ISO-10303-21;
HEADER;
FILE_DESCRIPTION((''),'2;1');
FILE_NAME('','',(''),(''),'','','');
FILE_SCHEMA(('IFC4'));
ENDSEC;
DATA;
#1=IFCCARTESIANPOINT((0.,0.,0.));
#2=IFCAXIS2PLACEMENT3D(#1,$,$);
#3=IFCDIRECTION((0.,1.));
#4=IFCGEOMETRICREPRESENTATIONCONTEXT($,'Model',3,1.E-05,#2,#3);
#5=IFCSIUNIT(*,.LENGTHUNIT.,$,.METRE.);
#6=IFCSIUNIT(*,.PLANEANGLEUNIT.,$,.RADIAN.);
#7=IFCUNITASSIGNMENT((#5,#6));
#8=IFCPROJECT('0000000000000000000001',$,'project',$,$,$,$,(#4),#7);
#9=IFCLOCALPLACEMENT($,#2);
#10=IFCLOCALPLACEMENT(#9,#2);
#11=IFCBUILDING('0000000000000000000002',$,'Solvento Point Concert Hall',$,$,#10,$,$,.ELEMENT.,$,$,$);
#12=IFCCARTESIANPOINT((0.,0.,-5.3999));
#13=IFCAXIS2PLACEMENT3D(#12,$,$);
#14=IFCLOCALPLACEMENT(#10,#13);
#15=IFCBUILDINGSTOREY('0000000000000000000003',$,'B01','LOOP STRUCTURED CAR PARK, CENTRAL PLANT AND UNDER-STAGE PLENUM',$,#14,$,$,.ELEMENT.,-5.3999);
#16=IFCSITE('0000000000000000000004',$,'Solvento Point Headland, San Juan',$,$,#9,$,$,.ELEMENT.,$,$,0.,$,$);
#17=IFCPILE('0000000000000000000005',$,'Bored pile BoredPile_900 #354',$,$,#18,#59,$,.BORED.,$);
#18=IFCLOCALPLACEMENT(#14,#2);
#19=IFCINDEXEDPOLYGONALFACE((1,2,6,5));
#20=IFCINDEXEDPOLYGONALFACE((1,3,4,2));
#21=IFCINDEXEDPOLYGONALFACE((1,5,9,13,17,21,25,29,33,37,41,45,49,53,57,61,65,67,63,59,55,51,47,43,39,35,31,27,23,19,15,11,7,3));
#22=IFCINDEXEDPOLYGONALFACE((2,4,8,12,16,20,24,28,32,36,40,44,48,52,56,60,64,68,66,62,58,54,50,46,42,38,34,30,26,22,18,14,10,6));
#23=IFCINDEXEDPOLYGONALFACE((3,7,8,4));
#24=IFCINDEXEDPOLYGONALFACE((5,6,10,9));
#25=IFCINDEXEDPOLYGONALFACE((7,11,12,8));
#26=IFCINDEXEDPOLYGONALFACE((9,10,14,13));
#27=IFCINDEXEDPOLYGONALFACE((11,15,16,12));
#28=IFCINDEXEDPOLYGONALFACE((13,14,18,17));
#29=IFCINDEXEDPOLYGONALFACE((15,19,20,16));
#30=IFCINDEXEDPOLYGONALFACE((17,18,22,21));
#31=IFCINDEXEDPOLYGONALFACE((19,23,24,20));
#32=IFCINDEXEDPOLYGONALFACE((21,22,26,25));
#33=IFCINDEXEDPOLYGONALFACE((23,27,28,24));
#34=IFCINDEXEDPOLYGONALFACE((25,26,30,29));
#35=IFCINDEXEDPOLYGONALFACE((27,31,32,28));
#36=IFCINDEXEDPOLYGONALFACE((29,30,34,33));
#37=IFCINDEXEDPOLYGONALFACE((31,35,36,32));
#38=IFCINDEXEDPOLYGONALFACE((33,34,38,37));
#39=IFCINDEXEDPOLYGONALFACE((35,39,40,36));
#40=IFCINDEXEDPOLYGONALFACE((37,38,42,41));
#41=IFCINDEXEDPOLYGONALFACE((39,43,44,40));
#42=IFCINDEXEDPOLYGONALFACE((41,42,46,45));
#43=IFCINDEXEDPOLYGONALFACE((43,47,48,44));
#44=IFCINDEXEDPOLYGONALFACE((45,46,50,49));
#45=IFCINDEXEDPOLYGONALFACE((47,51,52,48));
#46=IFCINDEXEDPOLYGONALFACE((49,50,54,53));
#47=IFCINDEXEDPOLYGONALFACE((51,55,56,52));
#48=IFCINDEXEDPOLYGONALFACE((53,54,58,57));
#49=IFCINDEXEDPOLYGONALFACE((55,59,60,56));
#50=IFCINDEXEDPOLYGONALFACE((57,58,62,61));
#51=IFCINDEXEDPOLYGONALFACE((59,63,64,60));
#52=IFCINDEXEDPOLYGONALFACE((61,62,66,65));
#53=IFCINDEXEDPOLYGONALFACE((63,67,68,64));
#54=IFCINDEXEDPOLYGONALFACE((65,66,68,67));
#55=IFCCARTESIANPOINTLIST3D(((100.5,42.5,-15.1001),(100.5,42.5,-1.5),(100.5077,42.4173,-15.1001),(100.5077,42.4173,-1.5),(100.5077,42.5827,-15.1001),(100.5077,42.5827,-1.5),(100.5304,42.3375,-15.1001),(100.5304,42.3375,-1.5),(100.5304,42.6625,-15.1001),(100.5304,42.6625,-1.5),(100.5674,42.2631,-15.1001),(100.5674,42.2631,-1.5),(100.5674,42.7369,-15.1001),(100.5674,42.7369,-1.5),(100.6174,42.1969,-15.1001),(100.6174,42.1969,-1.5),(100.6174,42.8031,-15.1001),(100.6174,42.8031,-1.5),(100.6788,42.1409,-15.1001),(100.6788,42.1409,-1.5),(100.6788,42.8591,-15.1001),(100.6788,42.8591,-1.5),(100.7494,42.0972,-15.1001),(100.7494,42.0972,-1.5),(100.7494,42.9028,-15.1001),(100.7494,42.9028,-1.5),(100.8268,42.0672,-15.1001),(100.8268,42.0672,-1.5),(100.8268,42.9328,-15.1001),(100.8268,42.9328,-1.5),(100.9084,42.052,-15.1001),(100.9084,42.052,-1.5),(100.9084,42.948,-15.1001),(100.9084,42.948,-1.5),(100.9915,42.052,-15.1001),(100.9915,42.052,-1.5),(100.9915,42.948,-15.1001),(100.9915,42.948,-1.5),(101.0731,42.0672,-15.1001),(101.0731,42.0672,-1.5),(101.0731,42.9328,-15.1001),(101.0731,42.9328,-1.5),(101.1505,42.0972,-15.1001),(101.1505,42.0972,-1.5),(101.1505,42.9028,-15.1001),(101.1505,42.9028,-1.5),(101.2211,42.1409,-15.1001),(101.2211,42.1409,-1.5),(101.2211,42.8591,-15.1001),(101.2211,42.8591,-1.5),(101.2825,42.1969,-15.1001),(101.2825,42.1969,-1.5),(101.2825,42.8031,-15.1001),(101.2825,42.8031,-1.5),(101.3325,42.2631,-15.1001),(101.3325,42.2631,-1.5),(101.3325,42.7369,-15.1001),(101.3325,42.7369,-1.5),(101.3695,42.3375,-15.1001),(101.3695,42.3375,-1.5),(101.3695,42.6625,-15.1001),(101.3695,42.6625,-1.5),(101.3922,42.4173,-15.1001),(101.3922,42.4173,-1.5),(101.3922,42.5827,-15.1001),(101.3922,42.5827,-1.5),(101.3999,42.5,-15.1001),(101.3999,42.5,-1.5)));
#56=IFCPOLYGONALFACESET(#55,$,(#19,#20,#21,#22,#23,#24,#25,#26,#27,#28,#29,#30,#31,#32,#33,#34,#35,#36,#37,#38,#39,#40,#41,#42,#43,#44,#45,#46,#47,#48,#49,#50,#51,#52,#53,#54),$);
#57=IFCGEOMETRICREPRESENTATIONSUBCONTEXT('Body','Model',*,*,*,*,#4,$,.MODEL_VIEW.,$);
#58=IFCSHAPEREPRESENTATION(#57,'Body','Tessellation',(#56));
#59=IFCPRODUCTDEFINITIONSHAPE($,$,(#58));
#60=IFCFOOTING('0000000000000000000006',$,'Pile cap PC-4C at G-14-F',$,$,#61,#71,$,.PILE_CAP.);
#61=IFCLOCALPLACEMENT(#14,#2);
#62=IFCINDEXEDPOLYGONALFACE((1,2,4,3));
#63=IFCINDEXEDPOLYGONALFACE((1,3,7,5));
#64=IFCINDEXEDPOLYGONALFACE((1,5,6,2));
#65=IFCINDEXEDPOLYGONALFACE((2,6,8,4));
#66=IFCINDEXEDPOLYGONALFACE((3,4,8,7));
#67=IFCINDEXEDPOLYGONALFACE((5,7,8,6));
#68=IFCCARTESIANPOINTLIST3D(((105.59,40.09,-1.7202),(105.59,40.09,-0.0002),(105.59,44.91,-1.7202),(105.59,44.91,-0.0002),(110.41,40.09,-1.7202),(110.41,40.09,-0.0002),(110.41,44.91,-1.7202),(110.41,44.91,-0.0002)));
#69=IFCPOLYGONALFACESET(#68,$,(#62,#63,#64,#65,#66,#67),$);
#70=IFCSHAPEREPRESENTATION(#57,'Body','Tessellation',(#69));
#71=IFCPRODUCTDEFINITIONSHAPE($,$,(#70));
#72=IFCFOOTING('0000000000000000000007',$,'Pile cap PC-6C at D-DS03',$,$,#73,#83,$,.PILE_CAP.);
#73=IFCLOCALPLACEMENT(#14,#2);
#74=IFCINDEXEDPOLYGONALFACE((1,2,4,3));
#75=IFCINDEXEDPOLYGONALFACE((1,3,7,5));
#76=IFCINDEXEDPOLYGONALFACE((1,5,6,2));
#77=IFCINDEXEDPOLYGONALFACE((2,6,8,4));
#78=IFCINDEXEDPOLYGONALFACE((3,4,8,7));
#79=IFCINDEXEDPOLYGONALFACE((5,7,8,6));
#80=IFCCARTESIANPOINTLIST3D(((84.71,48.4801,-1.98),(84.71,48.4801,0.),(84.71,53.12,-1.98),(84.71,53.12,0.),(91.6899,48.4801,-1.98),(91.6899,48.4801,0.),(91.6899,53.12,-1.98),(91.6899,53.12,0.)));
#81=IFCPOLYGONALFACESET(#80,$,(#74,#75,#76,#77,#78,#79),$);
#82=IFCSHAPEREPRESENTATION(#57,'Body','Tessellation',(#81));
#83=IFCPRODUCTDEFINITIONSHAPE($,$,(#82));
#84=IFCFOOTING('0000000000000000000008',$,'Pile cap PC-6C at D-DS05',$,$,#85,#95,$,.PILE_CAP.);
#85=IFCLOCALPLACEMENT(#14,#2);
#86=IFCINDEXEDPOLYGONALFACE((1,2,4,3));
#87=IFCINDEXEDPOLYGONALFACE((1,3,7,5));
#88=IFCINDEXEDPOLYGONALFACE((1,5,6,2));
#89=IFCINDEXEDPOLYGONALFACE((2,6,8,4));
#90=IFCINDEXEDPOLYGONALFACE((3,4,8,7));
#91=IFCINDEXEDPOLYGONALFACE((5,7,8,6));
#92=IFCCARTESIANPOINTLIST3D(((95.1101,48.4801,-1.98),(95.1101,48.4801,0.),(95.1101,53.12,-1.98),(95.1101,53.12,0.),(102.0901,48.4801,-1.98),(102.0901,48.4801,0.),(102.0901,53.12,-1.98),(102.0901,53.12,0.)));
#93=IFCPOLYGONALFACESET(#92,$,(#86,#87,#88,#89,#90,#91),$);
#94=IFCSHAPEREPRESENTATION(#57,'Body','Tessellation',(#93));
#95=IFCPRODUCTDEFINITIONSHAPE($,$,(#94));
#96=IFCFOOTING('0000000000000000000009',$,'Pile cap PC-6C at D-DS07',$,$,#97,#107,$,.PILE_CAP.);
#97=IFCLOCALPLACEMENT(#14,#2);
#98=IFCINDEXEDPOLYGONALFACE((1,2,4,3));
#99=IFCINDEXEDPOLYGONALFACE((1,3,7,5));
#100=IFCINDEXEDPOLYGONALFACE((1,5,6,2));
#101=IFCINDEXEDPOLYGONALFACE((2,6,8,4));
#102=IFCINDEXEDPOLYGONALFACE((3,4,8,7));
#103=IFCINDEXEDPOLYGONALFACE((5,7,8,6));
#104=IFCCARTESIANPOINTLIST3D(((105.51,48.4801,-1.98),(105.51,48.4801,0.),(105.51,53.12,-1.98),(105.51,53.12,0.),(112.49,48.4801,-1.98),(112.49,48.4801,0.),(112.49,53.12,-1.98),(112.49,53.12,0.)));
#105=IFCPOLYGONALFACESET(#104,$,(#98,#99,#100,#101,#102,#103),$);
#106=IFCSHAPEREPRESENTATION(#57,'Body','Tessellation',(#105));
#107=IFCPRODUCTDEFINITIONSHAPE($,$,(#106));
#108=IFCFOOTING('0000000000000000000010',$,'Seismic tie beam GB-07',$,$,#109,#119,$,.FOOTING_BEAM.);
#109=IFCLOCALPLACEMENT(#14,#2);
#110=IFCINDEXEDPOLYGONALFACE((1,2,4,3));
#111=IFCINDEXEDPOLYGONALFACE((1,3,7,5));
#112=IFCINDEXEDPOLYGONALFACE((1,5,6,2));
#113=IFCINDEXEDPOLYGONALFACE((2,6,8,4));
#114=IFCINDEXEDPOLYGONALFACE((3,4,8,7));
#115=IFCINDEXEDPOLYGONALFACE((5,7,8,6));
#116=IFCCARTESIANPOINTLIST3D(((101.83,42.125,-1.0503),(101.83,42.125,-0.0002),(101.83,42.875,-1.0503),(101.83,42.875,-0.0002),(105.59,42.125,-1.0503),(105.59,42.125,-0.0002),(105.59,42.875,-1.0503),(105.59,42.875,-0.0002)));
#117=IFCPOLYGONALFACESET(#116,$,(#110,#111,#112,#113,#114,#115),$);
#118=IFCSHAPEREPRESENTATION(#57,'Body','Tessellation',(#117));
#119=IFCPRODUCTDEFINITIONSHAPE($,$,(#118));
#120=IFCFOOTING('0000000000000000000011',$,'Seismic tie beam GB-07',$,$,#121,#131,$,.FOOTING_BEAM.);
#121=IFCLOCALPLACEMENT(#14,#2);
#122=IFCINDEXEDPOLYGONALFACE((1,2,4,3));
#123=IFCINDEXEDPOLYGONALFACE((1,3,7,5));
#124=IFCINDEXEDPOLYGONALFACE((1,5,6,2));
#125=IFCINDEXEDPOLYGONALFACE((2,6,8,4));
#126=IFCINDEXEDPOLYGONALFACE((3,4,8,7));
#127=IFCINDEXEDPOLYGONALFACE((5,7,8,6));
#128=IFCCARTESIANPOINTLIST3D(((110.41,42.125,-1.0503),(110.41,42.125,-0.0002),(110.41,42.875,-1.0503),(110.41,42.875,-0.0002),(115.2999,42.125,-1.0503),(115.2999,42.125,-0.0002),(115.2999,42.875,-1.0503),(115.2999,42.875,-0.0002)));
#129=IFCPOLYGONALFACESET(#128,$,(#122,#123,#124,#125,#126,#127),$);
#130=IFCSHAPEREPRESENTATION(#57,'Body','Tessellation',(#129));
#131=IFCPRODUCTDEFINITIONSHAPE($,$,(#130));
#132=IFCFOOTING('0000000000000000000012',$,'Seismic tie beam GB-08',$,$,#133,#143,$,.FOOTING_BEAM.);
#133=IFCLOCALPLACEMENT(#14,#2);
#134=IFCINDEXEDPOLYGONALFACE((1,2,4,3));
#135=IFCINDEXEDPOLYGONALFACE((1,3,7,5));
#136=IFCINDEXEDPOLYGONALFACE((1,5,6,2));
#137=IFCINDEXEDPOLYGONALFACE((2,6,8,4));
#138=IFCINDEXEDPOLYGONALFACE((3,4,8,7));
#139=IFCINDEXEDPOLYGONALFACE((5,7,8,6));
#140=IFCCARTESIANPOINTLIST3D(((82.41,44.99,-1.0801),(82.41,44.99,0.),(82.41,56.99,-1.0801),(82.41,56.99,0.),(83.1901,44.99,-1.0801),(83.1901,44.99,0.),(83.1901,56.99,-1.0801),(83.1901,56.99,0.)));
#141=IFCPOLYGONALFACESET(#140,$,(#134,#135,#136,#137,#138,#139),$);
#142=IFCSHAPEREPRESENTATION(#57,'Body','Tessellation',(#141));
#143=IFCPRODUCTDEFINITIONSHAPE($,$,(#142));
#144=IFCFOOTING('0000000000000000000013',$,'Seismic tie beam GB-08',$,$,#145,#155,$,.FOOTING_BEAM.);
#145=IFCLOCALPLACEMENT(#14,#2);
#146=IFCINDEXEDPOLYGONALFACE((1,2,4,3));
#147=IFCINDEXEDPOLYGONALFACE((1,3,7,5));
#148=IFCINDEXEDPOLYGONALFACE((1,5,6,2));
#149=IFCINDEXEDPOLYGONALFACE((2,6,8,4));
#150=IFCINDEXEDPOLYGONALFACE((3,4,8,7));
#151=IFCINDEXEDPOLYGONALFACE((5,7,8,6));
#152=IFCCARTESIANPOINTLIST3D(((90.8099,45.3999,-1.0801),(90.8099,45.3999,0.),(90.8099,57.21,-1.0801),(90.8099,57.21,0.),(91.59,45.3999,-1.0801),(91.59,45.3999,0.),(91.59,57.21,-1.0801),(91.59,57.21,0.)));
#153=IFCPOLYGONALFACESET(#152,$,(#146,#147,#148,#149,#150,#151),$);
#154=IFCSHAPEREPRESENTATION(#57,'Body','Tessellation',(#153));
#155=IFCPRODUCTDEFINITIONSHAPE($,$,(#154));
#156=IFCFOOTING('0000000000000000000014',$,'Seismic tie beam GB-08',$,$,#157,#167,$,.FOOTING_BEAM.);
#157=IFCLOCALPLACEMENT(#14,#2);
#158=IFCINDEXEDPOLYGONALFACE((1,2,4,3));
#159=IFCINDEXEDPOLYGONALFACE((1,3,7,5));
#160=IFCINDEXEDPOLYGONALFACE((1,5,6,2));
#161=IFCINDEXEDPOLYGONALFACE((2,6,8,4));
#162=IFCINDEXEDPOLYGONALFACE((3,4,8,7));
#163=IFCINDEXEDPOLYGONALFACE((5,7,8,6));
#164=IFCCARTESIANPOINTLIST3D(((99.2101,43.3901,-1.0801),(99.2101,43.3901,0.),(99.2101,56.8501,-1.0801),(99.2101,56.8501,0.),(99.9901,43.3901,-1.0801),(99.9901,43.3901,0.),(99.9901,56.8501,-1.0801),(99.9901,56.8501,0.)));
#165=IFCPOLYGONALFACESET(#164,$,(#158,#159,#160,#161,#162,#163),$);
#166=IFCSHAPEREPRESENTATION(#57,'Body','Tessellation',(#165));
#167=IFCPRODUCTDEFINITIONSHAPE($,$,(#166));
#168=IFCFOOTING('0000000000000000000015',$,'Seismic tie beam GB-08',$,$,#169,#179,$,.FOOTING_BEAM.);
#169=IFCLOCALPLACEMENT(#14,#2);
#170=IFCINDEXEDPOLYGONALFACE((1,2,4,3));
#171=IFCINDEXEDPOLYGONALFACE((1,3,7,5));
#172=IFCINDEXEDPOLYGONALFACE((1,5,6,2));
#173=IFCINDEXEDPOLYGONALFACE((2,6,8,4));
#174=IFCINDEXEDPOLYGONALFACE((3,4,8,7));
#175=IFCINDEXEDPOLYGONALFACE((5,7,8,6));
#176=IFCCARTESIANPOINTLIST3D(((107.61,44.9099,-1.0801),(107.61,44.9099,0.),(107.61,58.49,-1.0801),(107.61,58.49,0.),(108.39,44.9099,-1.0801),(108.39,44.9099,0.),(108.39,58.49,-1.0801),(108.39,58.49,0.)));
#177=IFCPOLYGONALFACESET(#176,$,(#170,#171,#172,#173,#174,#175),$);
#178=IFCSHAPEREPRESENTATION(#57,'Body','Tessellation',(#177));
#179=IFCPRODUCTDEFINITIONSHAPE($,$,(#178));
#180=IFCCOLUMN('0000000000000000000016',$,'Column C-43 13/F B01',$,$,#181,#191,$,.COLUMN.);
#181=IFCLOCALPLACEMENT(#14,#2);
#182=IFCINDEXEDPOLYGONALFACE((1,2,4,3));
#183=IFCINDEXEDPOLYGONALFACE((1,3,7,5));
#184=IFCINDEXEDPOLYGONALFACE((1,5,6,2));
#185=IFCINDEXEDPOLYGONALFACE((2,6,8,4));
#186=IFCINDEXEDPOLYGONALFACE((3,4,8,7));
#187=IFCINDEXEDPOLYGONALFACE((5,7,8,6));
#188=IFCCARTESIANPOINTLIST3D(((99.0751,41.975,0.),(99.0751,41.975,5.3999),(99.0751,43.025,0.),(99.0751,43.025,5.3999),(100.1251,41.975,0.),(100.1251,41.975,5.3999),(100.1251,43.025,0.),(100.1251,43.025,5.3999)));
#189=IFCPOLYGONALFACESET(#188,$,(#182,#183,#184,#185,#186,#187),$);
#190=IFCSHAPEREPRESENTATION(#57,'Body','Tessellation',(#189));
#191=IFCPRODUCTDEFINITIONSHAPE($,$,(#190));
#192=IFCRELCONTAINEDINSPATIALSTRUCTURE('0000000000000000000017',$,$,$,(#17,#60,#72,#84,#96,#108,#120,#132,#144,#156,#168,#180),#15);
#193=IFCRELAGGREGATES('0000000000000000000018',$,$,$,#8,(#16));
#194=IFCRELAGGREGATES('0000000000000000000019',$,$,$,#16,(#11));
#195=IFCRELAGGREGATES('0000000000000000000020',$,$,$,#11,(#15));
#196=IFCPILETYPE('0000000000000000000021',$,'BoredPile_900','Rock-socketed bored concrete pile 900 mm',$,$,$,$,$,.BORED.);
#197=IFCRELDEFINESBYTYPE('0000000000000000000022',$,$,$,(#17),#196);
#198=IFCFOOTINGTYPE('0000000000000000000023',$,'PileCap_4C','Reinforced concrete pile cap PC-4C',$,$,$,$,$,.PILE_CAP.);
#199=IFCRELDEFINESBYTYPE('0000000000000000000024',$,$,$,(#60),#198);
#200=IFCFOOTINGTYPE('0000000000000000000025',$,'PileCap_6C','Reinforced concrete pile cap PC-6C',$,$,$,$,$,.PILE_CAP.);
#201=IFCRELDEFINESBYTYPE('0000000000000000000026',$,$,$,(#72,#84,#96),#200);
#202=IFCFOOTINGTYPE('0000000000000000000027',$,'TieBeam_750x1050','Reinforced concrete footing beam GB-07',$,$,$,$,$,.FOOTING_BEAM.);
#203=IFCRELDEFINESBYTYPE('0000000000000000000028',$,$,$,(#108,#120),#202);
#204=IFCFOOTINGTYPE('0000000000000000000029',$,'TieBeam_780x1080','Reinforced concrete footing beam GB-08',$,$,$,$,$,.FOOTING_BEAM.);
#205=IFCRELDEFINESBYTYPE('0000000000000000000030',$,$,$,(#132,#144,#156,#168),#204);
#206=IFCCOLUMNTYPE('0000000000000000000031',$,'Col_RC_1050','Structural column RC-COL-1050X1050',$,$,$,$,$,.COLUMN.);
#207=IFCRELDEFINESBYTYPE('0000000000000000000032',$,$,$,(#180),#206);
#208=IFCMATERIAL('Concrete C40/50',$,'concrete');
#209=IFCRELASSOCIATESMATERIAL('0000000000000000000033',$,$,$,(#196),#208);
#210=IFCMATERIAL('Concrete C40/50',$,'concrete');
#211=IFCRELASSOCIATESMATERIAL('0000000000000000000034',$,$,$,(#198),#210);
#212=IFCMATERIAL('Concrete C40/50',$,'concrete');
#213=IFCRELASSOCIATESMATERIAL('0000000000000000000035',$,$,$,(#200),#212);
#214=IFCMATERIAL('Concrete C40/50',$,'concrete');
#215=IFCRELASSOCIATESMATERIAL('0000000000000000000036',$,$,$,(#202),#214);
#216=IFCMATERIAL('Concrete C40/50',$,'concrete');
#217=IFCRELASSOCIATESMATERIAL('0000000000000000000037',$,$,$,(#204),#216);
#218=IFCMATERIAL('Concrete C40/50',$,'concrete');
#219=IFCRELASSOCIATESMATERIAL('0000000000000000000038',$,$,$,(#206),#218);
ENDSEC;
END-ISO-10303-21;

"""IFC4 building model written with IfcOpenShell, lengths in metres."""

from ifc_helpers import new_model, si_unit, direction, frame, origin, origin_2d, place, context, subcontext, project, spatial, rectangle, circle, extrude, material, material_profile, profile_set, type_object, element, save


model = new_model("IFC4")

# Units and contexts
model_context = context("Model", 3, precision=1e-05, world=origin(), true_north=direction((0.0, 1.0)))
body_context = subcontext(model_context, "Body", "Model", "MODEL_VIEW")
ifc_project = project(units=[si_unit("LENGTHUNIT", "METRE"), si_unit("PLANEANGLEUNIT", "RADIAN")], contexts=[model_context])

# Site, building, storey
site_placement = place(None, origin())
site = spatial("IfcSite", under=ifc_project, at=site_placement, Name="Solvento Point Headland, San Juan", CompositionType="ELEMENT", RefElevation=0.0)
building_placement = place(site_placement, origin())
building = spatial("IfcBuilding", under=site, at=building_placement, Name="Solvento Point Concert Hall", CompositionType="ELEMENT")
storey_placement = place(building_placement, frame((0.0, 0.0, -5.3999)))
storey = spatial("IfcBuildingStorey", under=building, at=storey_placement, Name="B01", Description="LOOP STRUCTURED CAR PARK, CENTRAL PLANT AND UNDER-STAGE PLENUM", CompositionType="ELEMENT", Elevation=-5.3999)

# Pile
ifc_material_1 = material(Name="Concrete C40/50", Category="concrete")
ifc_material_profile_1 = material_profile(ifc_material_1, circle(Radius=0.45, at=origin_2d()), Name="BP-900")
ifc_profile_set_1 = profile_set([ifc_material_profile_1], Name="Concrete C40/50")
pile_type_1 = type_object("IfcPileType", Name="BoredPile_900", Description="Rock-socketed bored concrete pile 900 mm", PredefinedType="BORED", material=ifc_profile_set_1)
pile_1_placement = place(storey_placement, frame((100.95, 42.5, -1.5), z_axis=(0.0, 0.0, -1.0), x_axis=(1.0, 0.0, 0.0)))
element("IfcPile", 1, at=pile_1_placement, inside=storey, type_object=pile_type_1, Name="Bored pile BoredPile_900 #354", PredefinedType="BORED", context=body_context, shape_type="SweptSolid", body=[
    extrude(circle(Radius=0.45, at=origin_2d()), origin(), (0.0, 0.0, 1.0), 13.6001),
])

# Footings
ifc_material_2 = material(Name="Concrete C40/50", Category="concrete")
footing_type_1 = type_object("IfcFootingType", Name="PileCap_4C", Description="Reinforced concrete pile cap PC-4C", PredefinedType="PILE_CAP", material=ifc_material_2)
footing_1_placement = place(storey_placement, frame((108.0, 42.5, -1.7202), z_axis=(0.0, 0.0, 1.0), x_axis=(1.0, 0.0, 0.0)))
element("IfcFooting", 2, at=footing_1_placement, inside=storey, type_object=footing_type_1, Name="Pile cap PC-4C at G-14-F", PredefinedType="PILE_CAP", context=body_context, shape_type="SweptSolid", body=[
    extrude(rectangle(XDim=4.8201, YDim=4.8201, at=origin_2d()), origin(), (0.0, 0.0, 1.0), 1.72),
])
ifc_material_3 = material(Name="Concrete C40/50", Category="concrete")
footing_type_2 = type_object("IfcFootingType", Name="PileCap_6C", Description="Reinforced concrete pile cap PC-6C", PredefinedType="PILE_CAP", material=ifc_material_3)
for number, where, z_axis, x_axis, name in (
    (3, (88.2, 50.8, -1.98), (0.0, 0.0, 1.0), (1.0, 0.0, 0.0), "Pile cap PC-6C at D-DS03"),
    (4, (98.6001, 50.8, -1.98), (0.0, 0.0, 1.0), (1.0, 0.0, 0.0), "Pile cap PC-6C at D-DS05"),
    (5, (109.0, 50.8, -1.98), (0.0, 0.0, 1.0), (1.0, 0.0, 0.0), "Pile cap PC-6C at D-DS07"),
):
    element("IfcFooting", number, at=place(storey_placement, frame(where, z_axis=z_axis, x_axis=x_axis)), inside=storey, type_object=footing_type_2, Name=name, PredefinedType="PILE_CAP", context=body_context, shape_type="SweptSolid", body=[
        extrude(rectangle(XDim=6.98, YDim=4.6399, at=origin_2d()), origin(), (0.0, 0.0, 1.0), 1.98),
    ])
ifc_material_4 = material(Name="Concrete C40/50", Category="concrete")
footing_type_3 = type_object("IfcFootingType", Name="TieBeam_750x1050", Description="Reinforced concrete footing beam GB-07", PredefinedType="FOOTING_BEAM", material=ifc_material_4)
footing_2_placement = place(storey_placement, frame((103.71, 42.5, -1.0503), z_axis=(0.0, 0.0, 1.0), x_axis=(1.0, 0.0, 0.0)))
element("IfcFooting", 6, at=footing_2_placement, inside=storey, type_object=footing_type_3, Name="Seismic tie beam GB-07", PredefinedType="FOOTING_BEAM", context=body_context, shape_type="SweptSolid", body=[
    extrude(rectangle(XDim=3.76, YDim=0.75, at=origin_2d()), origin(), (0.0, 0.0, 1.0), 1.05),
])
footing_3_placement = place(storey_placement, frame((112.855, 42.5, -1.0503), z_axis=(0.0, 0.0, 1.0), x_axis=(1.0, 0.0, 0.0)))
element("IfcFooting", 7, at=footing_3_placement, inside=storey, type_object=footing_type_3, Name="Seismic tie beam GB-07", PredefinedType="FOOTING_BEAM", context=body_context, shape_type="SweptSolid", body=[
    extrude(rectangle(XDim=4.8899, YDim=0.75, at=origin_2d()), origin(), (0.0, 0.0, 1.0), 1.05),
])
ifc_material_5 = material(Name="Concrete C40/50", Category="concrete")
footing_type_4 = type_object("IfcFootingType", Name="TieBeam_780x1080", Description="Reinforced concrete footing beam GB-08", PredefinedType="FOOTING_BEAM", material=ifc_material_5)
footing_4_placement = place(storey_placement, frame((82.8, 50.99, -1.0801), z_axis=(0.0, 0.0, 1.0), x_axis=(0.0, 1.0, 0.0)))
element("IfcFooting", 8, at=footing_4_placement, inside=storey, type_object=footing_type_4, Name="Seismic tie beam GB-08", PredefinedType="FOOTING_BEAM", context=body_context, shape_type="SweptSolid", body=[
    extrude(rectangle(XDim=12.0, YDim=0.78, at=origin_2d()), origin(), (0.0, 0.0, 1.0), 1.0801),
])
footing_5_placement = place(storey_placement, frame((91.2, 51.3049, -1.0801), z_axis=(0.0, 0.0, 1.0), x_axis=(0.0, 1.0, 0.0)))
element("IfcFooting", 9, at=footing_5_placement, inside=storey, type_object=footing_type_4, Name="Seismic tie beam GB-08", PredefinedType="FOOTING_BEAM", context=body_context, shape_type="SweptSolid", body=[
    extrude(rectangle(XDim=11.8101, YDim=0.78, at=origin_2d()), origin(), (0.0, 0.0, 1.0), 1.0801),
])
footing_6_placement = place(storey_placement, frame((99.6001, 50.1201, -1.0801), z_axis=(0.0, 0.0, 1.0), x_axis=(0.0, 1.0, 0.0)))
element("IfcFooting", 10, at=footing_6_placement, inside=storey, type_object=footing_type_4, Name="Seismic tie beam GB-08", PredefinedType="FOOTING_BEAM", context=body_context, shape_type="SweptSolid", body=[
    extrude(rectangle(XDim=13.46, YDim=0.78, at=origin_2d()), origin(), (0.0, 0.0, 1.0), 1.0801),
])
footing_7_placement = place(storey_placement, frame((108.0, 51.7, -1.0801), z_axis=(0.0, 0.0, 1.0), x_axis=(0.0, 1.0, 0.0)))
element("IfcFooting", 11, at=footing_7_placement, inside=storey, type_object=footing_type_4, Name="Seismic tie beam GB-08", PredefinedType="FOOTING_BEAM", context=body_context, shape_type="SweptSolid", body=[
    extrude(rectangle(XDim=13.5801, YDim=0.78, at=origin_2d()), origin(), (0.0, 0.0, 1.0), 1.0801),
])

# Column
ifc_material_6 = material(Name="Concrete C40/50", Category="concrete")
ifc_material_profile_2 = material_profile(ifc_material_6, rectangle(XDim=1.05, YDim=1.05, at=origin_2d()), Name="RC-COL-1050X1050")
ifc_profile_set_2 = profile_set([ifc_material_profile_2], Name="Concrete C40/50")
column_type_1 = type_object("IfcColumnType", Name="Col_RC_1050", Description="Structural column RC-COL-1050X1050", PredefinedType="COLUMN", material=ifc_profile_set_2)
for number, where, z_axis, x_axis, name in (
    (12, (99.6001, 42.5, 0.0), (0.0, 0.0, 1.0), (1.0, 0.0, 0.0), "Column C-43 13/F B01"),
):
    element("IfcColumn", number, at=place(storey_placement, frame(where, z_axis=z_axis, x_axis=x_axis)), inside=storey, type_object=column_type_1, Name=name, PredefinedType="COLUMN", context=body_context, shape_type="SweptSolid", body=[
        extrude(rectangle(XDim=1.05, YDim=1.05, at=origin_2d()), origin(), (0.0, 0.0, 1.0), 5.3999),
    ])

save(model, "model.ifc")
